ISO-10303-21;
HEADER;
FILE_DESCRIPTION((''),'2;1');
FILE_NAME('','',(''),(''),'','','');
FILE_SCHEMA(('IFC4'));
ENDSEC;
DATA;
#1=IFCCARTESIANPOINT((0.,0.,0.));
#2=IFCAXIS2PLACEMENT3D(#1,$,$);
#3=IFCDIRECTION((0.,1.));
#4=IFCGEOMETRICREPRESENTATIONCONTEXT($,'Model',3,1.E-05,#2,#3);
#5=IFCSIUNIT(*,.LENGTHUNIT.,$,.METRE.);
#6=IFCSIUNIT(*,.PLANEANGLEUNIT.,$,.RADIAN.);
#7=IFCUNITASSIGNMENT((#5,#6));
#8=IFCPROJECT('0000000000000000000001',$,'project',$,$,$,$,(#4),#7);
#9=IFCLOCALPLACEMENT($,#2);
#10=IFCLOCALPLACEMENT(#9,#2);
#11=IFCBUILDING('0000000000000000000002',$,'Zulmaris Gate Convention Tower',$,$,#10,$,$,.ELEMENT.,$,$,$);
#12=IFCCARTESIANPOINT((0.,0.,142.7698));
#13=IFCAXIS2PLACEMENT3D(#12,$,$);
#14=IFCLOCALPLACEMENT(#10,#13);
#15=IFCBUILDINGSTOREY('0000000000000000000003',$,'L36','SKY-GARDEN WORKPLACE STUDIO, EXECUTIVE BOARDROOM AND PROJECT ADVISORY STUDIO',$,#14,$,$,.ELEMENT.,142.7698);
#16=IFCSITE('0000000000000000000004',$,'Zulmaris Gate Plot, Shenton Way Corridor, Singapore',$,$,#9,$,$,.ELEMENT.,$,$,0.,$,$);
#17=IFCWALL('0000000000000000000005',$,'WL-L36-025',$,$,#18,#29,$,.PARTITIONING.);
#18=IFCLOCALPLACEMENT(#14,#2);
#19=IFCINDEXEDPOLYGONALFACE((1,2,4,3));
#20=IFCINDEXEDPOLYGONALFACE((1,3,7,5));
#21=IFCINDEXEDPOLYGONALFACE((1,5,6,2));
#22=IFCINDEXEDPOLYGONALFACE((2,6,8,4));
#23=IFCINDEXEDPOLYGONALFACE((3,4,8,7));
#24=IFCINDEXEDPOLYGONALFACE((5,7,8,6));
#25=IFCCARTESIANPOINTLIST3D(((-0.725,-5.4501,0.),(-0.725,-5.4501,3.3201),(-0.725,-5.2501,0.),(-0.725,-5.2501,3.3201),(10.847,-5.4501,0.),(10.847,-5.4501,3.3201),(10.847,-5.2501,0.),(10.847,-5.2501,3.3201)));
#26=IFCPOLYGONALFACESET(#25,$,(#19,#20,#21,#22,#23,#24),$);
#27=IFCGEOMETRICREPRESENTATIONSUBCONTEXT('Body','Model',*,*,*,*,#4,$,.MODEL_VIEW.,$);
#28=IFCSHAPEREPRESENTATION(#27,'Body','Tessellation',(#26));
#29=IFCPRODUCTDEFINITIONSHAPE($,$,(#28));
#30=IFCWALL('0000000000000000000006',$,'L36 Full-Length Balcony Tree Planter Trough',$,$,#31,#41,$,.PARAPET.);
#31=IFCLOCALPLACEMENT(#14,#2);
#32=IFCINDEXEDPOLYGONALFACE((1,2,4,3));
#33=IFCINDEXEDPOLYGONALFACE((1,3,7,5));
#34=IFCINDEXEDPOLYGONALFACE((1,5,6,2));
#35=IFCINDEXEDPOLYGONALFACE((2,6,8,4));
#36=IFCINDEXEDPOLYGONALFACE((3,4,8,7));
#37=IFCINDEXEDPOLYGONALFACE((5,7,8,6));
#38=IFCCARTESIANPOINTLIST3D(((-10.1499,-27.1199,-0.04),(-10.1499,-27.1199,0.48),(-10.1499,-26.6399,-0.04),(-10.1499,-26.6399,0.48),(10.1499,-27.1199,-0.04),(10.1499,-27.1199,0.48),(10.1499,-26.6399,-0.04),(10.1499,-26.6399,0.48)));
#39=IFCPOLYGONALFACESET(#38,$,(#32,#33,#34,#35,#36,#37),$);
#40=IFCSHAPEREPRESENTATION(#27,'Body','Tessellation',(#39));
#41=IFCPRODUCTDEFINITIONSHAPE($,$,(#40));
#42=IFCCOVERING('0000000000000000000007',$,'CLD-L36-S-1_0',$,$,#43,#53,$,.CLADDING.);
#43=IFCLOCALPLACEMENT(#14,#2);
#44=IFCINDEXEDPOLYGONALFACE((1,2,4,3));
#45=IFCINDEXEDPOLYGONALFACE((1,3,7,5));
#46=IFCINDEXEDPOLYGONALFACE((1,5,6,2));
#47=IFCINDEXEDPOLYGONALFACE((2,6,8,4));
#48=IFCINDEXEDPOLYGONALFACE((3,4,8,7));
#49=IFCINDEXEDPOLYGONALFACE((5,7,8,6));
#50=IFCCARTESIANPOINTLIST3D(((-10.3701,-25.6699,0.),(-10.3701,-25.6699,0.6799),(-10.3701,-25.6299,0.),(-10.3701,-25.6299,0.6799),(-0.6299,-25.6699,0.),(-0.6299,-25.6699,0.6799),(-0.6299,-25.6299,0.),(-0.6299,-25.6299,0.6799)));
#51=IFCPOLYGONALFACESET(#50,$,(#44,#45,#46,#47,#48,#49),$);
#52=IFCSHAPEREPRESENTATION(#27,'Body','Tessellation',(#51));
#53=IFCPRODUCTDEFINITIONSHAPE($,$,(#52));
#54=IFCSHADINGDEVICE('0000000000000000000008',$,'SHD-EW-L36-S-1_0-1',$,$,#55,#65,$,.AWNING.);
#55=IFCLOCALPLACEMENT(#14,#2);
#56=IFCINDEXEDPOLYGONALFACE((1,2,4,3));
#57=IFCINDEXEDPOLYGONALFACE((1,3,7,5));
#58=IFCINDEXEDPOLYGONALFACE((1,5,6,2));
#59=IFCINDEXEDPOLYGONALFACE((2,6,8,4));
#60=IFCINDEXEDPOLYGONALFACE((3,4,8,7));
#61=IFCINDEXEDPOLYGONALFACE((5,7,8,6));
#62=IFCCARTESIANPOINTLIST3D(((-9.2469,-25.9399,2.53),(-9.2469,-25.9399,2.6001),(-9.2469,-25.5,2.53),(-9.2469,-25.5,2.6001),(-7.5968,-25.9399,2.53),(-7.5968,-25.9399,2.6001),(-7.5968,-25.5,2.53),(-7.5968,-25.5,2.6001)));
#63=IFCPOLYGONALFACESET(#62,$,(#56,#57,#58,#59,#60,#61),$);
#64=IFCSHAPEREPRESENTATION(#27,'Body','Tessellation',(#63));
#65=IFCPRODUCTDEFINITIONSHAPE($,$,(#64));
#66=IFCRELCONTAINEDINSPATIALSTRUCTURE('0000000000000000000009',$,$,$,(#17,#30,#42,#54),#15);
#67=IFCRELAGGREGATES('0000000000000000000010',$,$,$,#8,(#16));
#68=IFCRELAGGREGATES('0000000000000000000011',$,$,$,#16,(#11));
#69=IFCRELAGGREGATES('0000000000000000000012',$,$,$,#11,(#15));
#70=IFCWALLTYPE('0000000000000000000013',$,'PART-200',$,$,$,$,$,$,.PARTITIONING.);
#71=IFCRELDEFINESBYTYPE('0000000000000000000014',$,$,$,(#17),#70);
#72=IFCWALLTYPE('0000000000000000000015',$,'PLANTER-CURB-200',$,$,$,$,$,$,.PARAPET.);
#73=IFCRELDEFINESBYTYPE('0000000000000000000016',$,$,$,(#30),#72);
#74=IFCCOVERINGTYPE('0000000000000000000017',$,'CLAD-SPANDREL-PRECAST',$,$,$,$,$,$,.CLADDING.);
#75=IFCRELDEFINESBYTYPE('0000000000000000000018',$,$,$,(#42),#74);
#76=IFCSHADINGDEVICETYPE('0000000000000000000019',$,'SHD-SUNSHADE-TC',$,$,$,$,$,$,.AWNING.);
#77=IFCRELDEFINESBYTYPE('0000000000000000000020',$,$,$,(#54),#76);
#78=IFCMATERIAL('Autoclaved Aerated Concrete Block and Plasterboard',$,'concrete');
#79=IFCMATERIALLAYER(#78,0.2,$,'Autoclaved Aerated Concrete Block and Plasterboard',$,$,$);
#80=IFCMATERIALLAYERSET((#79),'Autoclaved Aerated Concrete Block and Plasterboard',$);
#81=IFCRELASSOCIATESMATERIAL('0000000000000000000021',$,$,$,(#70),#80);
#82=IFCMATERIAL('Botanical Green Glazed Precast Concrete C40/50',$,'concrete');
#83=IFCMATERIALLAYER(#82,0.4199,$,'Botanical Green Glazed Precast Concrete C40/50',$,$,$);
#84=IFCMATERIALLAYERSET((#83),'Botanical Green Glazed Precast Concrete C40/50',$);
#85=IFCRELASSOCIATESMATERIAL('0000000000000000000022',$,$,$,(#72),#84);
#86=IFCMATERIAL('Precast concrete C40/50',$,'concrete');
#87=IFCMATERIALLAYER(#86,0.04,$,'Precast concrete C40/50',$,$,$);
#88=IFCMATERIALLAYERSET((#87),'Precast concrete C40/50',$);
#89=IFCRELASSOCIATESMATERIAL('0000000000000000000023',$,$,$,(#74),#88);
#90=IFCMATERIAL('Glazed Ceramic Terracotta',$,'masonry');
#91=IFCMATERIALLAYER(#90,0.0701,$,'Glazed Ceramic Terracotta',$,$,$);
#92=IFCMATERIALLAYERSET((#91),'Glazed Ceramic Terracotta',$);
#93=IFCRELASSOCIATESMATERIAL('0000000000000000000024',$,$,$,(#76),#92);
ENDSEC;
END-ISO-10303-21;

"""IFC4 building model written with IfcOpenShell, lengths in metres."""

from ifc_helpers import new_model, si_unit, direction, frame, frame_2d, origin, place, context, subcontext, project, spatial, rectangle, extrude, material, layer, layer_set, type_object, element, save


model = new_model("IFC4")

# Units and contexts
model_context = context("Model", 3, precision=1e-05, world=origin(), true_north=direction((0.0, 1.0)))
body_context = subcontext(model_context, "Body", "Model", "MODEL_VIEW")
ifc_project = project(units=[si_unit("LENGTHUNIT", "METRE"), si_unit("PLANEANGLEUNIT", "RADIAN")], contexts=[model_context])

# Site, building, storey
site_placement = place(None, origin())
site = spatial("IfcSite", under=ifc_project, at=site_placement, Name="Zulmaris Gate Plot, Shenton Way Corridor, Singapore", CompositionType="ELEMENT", RefElevation=0.0)
building_placement = place(site_placement, origin())
building = spatial("IfcBuilding", under=site, at=building_placement, Name="Zulmaris Gate Convention Tower", CompositionType="ELEMENT")
storey_placement = place(building_placement, frame((0.0, 0.0, 142.7698)))
storey = spatial("IfcBuildingStorey", under=building, at=storey_placement, Name="L36", Description="SKY-GARDEN WORKPLACE STUDIO, EXECUTIVE BOARDROOM AND PROJECT ADVISORY STUDIO", CompositionType="ELEMENT", Elevation=142.7698)

# Walls
ifc_material_1 = material(Name="Autoclaved Aerated Concrete Block and Plasterboard", Category="concrete")
ifc_layer_1 = layer(ifc_material_1, 0.2, Name="Autoclaved Aerated Concrete Block and Plasterboard")
ifc_layer_set_1 = layer_set([ifc_layer_1], Name="Autoclaved Aerated Concrete Block and Plasterboard")
wall_type_1 = type_object("IfcWallType", Name="PART-200", PredefinedType="PARTITIONING", material=ifc_layer_set_1)
wall_1_placement = place(storey_placement, frame((-0.7251, -5.3501, 0.0), z_axis=(0.0, 0.0, 1.0), x_axis=(1.0, 0.0, 0.0)))
element("IfcWall", 1, at=wall_1_placement, inside=storey, type_object=wall_type_1, Name="WL-L36-025", PredefinedType="PARTITIONING", context=body_context, shape_type="SweptSolid", body=[
    extrude(rectangle(XDim=11.572, YDim=0.2, at=frame_2d((5.7861, 0.0))), origin(), (0.0, 0.0, 1.0), 3.3201),
])
ifc_material_2 = material(Name="Botanical Green Glazed Precast Concrete C40/50", Category="concrete")
ifc_layer_2 = layer(ifc_material_2, 0.4199, Name="Botanical Green Glazed Precast Concrete C40/50")
ifc_layer_set_2 = layer_set([ifc_layer_2], Name="Botanical Green Glazed Precast Concrete C40/50")
wall_type_2 = type_object("IfcWallType", Name="PLANTER-CURB-200", PredefinedType="PARAPET", material=ifc_layer_set_2)
wall_2_placement = place(storey_placement, frame((-10.1499, -26.8799, -0.04), z_axis=(0.0, 0.0, 1.0), x_axis=(1.0, 0.0, 0.0)))
element("IfcWall", 2, at=wall_2_placement, inside=storey, type_object=wall_type_2, Name="L36 Full-Length Balcony Tree Planter Trough", PredefinedType="PARAPET", context=body_context, shape_type="SweptSolid", body=[
    extrude(rectangle(XDim=20.2998, YDim=0.48, at=frame_2d((10.1499, 0.0))), origin(), (0.0, 0.0, 1.0), 0.52),
])

# Shared definitions
ifc_material_3 = material(Name="Precast concrete C40/50", Category="concrete")

# Covering
ifc_layer_3 = layer(ifc_material_3, 0.04, Name="Precast concrete C40/50")
ifc_layer_set_3 = layer_set([ifc_layer_3], Name="Precast concrete C40/50")
covering_type = type_object("IfcCoveringType", Name="CLAD-SPANDREL-PRECAST", PredefinedType="CLADDING", material=ifc_layer_set_3)
covering_placement = place(storey_placement, frame((-10.3701, -25.6499, 0.0), z_axis=(0.0, 0.0, 1.0), x_axis=(1.0, 0.0, 0.0)))
element("IfcCovering", 3, at=covering_placement, inside=storey, type_object=covering_type, Name="CLD-L36-S-1_0", PredefinedType="CLADDING", context=body_context, shape_type="SweptSolid", body=[
    extrude(rectangle(XDim=9.7402, YDim=0.04, at=frame_2d((4.8701, 0.0))), origin(), (0.0, 0.0, 1.0), 0.6799),
])

# Shading device
ifc_material_4 = material(Name="Glazed Ceramic Terracotta", Category="masonry")
ifc_layer_4 = layer(ifc_material_4, 0.0701, Name="Glazed Ceramic Terracotta")
ifc_layer_set_4 = layer_set([ifc_layer_4], Name="Glazed Ceramic Terracotta")
shading_device_type = type_object("IfcShadingDeviceType", Name="SHD-SUNSHADE-TC", PredefinedType="AWNING", material=ifc_layer_set_4)
shading_device_placement = place(storey_placement, frame((-9.2471, -25.72, 2.53), z_axis=(0.0, 0.0, 1.0), x_axis=(1.0, 0.0, 0.0)))
element("IfcShadingDevice", 4, at=shading_device_placement, inside=storey, type_object=shading_device_type, Name="SHD-EW-L36-S-1_0-1", PredefinedType="AWNING", context=body_context, shape_type="SweptSolid", body=[
    extrude(rectangle(XDim=1.6501, YDim=0.4399, at=frame_2d((0.8252, 0.0))), origin(), (0.0, 0.0, 1.0), 0.0701),
])

save(model, "model.ifc")
